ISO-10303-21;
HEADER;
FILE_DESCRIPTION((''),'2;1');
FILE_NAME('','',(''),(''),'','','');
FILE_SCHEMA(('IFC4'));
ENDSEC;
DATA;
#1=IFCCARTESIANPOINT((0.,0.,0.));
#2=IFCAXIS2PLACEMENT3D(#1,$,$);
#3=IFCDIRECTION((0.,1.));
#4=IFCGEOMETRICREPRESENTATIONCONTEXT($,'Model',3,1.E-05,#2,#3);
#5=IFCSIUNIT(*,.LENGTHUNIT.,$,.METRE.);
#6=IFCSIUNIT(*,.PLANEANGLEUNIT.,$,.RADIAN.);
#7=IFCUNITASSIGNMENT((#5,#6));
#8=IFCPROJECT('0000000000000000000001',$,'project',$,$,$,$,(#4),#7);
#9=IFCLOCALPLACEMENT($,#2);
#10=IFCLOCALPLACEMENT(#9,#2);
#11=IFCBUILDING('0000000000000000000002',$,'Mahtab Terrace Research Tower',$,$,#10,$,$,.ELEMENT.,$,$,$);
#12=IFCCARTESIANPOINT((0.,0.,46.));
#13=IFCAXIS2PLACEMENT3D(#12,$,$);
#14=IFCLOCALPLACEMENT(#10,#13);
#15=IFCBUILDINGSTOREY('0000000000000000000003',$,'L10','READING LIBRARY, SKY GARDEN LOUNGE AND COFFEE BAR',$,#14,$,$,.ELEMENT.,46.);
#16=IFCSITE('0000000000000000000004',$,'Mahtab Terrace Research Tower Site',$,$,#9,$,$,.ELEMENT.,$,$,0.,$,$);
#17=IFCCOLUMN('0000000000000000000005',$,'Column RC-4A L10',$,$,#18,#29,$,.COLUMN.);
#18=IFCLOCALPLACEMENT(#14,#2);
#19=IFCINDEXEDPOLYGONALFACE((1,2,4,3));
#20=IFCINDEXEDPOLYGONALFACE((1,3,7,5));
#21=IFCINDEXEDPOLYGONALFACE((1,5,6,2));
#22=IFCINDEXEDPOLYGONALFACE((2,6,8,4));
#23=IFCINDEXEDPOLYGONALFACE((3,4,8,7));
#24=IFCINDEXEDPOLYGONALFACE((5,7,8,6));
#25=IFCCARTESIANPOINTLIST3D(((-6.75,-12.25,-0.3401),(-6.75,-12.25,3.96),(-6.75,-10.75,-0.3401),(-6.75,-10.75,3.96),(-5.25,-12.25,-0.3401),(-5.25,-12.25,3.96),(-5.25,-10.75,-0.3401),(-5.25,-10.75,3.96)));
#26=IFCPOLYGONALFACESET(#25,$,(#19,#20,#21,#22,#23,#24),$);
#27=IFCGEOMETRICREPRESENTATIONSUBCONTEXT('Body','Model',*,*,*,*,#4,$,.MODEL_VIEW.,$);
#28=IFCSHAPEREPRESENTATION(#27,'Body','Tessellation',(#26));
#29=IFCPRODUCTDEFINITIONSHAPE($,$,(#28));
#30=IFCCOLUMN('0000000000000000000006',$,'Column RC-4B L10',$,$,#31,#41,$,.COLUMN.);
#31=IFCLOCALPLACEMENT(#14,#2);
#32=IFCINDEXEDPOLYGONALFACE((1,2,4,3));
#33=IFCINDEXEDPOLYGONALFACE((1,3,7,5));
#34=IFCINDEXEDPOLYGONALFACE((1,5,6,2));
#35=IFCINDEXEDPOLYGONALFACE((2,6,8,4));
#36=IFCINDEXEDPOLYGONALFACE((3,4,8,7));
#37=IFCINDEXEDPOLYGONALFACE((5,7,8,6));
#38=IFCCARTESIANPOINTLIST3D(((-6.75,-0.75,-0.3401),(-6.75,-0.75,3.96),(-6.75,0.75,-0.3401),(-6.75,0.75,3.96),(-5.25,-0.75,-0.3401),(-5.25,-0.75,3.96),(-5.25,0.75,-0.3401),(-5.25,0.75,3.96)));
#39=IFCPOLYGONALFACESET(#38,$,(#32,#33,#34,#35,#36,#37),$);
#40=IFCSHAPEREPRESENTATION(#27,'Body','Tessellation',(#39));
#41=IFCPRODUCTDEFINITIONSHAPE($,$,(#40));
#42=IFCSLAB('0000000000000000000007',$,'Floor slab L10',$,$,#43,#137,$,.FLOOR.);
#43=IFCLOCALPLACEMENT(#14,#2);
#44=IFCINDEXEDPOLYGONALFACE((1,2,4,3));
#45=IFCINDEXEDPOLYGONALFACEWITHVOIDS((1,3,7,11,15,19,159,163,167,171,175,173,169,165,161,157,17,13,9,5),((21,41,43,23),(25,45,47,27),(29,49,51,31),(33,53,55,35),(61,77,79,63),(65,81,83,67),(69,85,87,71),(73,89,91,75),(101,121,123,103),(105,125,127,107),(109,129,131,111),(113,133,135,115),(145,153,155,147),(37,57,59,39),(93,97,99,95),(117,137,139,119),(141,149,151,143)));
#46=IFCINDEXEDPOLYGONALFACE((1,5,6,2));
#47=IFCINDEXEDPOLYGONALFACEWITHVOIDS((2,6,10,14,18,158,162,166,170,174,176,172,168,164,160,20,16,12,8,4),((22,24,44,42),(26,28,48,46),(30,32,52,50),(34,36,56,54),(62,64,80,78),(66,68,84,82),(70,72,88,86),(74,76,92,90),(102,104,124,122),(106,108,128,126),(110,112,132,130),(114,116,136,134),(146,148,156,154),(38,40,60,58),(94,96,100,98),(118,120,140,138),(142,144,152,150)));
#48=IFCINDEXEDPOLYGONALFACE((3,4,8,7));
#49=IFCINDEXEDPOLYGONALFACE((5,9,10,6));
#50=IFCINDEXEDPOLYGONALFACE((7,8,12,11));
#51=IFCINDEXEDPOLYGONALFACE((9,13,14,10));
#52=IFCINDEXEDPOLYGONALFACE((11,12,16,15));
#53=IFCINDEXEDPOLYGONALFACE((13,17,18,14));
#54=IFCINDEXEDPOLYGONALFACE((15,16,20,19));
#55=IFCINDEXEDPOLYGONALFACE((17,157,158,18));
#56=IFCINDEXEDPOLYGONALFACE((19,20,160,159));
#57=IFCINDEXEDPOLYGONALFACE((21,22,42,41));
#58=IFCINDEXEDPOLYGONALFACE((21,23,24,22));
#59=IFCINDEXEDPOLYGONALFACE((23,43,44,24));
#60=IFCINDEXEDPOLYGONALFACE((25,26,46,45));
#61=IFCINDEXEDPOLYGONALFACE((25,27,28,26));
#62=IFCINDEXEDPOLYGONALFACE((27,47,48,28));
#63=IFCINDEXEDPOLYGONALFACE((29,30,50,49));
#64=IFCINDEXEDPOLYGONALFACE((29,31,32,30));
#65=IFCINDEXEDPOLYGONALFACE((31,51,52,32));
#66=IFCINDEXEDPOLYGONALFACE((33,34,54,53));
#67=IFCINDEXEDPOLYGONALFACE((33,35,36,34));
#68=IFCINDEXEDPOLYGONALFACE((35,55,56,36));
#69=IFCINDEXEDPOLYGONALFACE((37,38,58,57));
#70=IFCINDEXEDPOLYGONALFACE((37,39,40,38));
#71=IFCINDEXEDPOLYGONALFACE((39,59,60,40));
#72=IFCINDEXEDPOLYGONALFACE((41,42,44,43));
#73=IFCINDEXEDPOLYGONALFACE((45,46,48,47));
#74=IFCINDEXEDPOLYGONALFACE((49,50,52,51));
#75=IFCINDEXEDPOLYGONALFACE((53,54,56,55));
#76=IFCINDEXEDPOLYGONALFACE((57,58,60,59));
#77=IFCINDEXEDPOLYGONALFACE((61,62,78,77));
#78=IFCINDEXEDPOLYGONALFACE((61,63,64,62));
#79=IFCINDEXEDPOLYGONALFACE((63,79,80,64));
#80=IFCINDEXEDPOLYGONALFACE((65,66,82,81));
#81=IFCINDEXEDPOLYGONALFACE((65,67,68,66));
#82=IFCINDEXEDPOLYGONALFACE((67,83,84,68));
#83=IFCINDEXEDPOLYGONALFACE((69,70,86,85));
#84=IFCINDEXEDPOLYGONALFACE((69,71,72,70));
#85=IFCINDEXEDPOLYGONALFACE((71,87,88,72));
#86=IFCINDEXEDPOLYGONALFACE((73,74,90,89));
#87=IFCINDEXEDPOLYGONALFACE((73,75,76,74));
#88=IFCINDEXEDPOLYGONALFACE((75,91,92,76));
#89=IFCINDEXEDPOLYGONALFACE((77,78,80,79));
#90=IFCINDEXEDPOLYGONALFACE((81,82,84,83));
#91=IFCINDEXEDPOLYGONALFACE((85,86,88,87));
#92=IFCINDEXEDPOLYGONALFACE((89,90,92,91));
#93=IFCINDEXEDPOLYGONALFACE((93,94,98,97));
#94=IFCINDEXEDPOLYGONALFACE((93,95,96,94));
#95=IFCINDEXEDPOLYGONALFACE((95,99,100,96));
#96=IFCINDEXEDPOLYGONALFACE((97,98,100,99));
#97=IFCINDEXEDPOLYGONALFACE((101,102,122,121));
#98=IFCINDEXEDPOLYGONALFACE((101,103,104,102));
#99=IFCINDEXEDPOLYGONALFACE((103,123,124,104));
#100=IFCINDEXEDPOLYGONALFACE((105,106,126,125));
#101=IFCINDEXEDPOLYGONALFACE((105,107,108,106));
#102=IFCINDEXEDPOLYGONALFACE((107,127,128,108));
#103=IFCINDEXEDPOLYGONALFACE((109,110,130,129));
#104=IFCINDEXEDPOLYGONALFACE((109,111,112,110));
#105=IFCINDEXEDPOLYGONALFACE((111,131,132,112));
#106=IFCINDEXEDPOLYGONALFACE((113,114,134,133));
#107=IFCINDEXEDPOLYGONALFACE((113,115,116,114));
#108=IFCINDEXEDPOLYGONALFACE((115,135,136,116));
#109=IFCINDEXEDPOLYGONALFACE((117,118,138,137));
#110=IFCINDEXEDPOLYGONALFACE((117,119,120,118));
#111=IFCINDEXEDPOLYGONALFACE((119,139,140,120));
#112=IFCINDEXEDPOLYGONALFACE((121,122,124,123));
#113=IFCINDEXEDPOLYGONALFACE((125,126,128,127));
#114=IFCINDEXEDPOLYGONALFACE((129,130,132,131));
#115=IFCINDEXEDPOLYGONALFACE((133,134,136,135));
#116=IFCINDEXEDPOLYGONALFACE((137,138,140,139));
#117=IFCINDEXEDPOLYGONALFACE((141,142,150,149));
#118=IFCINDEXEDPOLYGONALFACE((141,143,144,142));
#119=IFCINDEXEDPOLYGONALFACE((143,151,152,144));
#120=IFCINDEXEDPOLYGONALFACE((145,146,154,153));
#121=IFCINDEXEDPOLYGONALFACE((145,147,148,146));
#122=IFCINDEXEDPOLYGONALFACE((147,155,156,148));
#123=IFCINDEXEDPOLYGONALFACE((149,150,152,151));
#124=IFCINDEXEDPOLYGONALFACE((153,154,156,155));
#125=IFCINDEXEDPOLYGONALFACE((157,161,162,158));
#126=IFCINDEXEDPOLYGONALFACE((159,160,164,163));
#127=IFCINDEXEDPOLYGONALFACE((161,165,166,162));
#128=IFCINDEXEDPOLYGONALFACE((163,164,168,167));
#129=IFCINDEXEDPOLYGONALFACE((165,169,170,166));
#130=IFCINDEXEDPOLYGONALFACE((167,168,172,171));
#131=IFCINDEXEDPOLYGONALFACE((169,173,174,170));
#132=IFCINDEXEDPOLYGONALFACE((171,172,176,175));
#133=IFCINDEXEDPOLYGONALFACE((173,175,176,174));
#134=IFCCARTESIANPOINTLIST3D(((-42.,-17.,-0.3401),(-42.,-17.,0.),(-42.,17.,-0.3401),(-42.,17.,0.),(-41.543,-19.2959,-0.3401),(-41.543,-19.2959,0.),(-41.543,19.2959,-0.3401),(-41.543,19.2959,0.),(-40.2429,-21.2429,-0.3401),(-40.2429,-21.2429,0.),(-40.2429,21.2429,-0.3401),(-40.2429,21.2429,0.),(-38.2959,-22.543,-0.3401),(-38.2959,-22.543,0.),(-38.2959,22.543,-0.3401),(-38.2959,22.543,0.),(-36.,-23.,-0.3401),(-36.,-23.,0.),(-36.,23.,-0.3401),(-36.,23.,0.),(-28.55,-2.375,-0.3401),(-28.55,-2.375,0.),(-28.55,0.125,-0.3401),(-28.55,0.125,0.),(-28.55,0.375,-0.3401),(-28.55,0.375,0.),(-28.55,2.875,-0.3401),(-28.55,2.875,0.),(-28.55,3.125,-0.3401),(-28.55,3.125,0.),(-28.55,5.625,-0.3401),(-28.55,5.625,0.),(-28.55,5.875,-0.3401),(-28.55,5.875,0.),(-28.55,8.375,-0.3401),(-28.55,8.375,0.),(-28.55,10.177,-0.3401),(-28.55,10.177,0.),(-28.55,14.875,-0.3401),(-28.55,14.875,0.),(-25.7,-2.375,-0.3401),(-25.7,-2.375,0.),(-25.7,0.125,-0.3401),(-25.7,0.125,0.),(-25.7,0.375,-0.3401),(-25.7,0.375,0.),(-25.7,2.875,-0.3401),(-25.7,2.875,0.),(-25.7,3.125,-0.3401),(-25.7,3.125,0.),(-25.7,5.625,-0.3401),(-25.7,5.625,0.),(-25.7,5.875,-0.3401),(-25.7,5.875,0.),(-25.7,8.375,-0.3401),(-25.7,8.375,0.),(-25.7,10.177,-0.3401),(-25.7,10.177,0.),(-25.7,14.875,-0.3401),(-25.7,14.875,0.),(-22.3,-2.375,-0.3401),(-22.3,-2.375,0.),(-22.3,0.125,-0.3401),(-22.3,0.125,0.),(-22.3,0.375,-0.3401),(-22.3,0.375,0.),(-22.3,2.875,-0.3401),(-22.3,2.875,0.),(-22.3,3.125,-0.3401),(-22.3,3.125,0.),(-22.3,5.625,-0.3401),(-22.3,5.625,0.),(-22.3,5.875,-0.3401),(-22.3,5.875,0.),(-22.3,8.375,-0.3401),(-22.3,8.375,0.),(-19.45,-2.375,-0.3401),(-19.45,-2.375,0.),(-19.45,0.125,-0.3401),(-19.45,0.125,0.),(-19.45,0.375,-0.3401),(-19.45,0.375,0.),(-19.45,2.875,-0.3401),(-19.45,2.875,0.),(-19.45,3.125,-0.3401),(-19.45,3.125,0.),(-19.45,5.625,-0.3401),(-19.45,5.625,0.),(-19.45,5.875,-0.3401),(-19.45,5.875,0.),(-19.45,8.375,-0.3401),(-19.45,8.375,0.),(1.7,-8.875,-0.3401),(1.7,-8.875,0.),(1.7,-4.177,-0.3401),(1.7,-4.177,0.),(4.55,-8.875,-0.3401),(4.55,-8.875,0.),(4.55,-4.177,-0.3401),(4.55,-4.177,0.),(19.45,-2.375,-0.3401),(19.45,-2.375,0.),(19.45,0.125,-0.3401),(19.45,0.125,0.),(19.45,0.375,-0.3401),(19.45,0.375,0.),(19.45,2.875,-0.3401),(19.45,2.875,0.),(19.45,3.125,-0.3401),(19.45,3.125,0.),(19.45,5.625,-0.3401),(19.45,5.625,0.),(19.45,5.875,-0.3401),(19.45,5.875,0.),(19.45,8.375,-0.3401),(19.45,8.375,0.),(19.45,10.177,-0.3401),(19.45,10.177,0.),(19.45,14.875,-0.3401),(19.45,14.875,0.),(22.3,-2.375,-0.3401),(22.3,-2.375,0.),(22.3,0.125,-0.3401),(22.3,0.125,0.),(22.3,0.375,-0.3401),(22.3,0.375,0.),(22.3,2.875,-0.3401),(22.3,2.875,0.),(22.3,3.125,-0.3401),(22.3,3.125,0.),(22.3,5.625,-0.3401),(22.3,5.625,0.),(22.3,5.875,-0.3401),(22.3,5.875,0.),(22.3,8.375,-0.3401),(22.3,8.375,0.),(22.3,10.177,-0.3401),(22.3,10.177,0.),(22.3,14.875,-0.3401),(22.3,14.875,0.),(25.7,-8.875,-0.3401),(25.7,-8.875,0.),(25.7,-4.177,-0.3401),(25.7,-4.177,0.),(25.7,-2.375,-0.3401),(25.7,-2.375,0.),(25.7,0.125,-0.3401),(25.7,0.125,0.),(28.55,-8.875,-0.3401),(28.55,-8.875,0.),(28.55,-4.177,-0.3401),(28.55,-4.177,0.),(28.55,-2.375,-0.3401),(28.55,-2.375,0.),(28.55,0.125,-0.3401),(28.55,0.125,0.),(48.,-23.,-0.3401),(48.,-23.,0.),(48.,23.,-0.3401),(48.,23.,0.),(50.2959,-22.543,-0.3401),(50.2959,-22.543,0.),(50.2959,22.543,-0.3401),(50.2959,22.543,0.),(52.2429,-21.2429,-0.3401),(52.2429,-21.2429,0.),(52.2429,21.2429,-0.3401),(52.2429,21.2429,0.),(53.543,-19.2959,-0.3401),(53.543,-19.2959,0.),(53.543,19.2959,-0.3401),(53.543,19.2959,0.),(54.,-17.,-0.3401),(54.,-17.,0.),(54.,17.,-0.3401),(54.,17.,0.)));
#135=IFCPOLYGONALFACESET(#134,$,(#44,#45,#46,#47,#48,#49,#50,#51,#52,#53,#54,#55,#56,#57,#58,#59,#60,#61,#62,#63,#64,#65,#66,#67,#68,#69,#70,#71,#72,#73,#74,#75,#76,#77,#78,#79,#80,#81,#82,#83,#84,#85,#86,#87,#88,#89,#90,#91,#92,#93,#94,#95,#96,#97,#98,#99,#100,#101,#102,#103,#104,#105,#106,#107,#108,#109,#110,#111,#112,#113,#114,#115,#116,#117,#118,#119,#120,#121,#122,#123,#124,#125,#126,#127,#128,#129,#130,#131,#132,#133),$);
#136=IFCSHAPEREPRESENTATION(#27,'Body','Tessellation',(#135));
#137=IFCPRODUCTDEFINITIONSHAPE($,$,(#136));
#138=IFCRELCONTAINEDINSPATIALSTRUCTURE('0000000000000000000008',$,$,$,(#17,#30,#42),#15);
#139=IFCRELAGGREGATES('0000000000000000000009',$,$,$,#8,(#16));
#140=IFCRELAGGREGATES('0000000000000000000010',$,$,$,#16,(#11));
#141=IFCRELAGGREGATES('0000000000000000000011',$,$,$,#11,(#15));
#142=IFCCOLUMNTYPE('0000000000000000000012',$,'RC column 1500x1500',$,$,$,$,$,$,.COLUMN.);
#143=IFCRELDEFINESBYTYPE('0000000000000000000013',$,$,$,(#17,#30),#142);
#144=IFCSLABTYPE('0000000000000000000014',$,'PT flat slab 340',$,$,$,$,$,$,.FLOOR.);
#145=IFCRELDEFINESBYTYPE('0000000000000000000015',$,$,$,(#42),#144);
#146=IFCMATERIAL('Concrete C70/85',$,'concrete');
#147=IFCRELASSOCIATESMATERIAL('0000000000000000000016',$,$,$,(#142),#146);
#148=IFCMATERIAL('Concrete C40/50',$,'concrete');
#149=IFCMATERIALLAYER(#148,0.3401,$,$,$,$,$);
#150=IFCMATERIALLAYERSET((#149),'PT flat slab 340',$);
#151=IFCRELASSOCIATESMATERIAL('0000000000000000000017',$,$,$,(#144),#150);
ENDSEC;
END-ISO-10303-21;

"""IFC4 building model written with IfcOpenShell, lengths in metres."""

from ifc_helpers import new_model, si_unit, direction, frame, origin, origin_2d, place, context, subcontext, project, spatial, polyline, rectangle, outline, extrude, material, layer, layer_set, material_profile, profile_set, type_object, element, save


model = new_model("IFC4")

# Units and contexts
model_context = context("Model", 3, precision=1e-05, world=origin(), true_north=direction((0.0, 1.0)))
body_context = subcontext(model_context, "Body", "Model", "MODEL_VIEW")
ifc_project = project(units=[si_unit("LENGTHUNIT", "METRE"), si_unit("PLANEANGLEUNIT", "RADIAN")], contexts=[model_context])

# Site, building, storey
site_placement = place(None, origin())
site = spatial("IfcSite", under=ifc_project, at=site_placement, Name="Mahtab Terrace Research Tower Site", CompositionType="ELEMENT", RefElevation=0.0)
building_placement = place(site_placement, origin())
building = spatial("IfcBuilding", under=site, at=building_placement, Name="Mahtab Terrace Research Tower", CompositionType="ELEMENT")
storey_placement = place(building_placement, frame((0.0, 0.0, 46.0)))
storey = spatial("IfcBuildingStorey", under=building, at=storey_placement, Name="L10", Description="READING LIBRARY, SKY GARDEN LOUNGE AND COFFEE BAR", CompositionType="ELEMENT", Elevation=46.0)

# Columns
ifc_material_1 = material(Name="Concrete C70/85", Category="concrete")
ifc_material_profile = material_profile(ifc_material_1, rectangle(XDim=1.5, YDim=1.5, at=origin_2d()), Name="RC column 1500x1500")
ifc_profile_set = profile_set([ifc_material_profile], Name="Concrete C70/85")
column_type = type_object("IfcColumnType", Name="RC column 1500x1500", PredefinedType="COLUMN", material=ifc_profile_set)
for number, where, z_axis, x_axis, name in (
    (1, (-6.0, -11.5, -0.3401), (0.0, 0.0, 1.0), (1.0, 0.0, 0.0), "Column RC-4A L10"),
    (2, (-6.0, 0.0, -0.3401), (0.0, 0.0, 1.0), (1.0, 0.0, 0.0), "Column RC-4B L10"),
):
    element("IfcColumn", number, at=place(storey_placement, frame(where, z_axis=z_axis, x_axis=x_axis)), inside=storey, type_object=column_type, Name=name, PredefinedType="COLUMN", context=body_context, shape_type="SweptSolid", body=[
        extrude(rectangle(XDim=1.5, YDim=1.5, at=origin_2d()), origin(), (0.0, 0.0, 1.0), 4.3),
    ])

# Slab
ifc_material_2 = material(Name="Concrete C40/50", Category="concrete")
ifc_layer_1 = layer(ifc_material_2, 0.3401)
ifc_layer_set_1 = layer_set([ifc_layer_1], Name="PT flat slab 340")
slab_type_1 = type_object("IfcSlabType", Name="PT flat slab 340", PredefinedType="FLOOR", material=ifc_layer_set_1)
slab_1_placement = place(storey_placement, frame((0.0, 0.0, -0.3401)))
element("IfcSlab", 3, at=slab_1_placement, inside=storey, type_object=slab_type_1, Name="Floor slab L10", PredefinedType="FLOOR", context=body_context, shape_type="SweptSolid", body=[
    extrude(outline(polyline([(53.543, 19.2959), (52.2429, 21.2429), (50.2959, 22.543), (48.0, 23.0), (-36.0, 23.0), (-38.2959, 22.543), (-40.2429, 21.2429), (-41.543, 19.2959), (-42.0, 17.0), (-42.0, -17.0), (-41.543, -19.2959), (-40.2429, -21.2429), (-38.2959, -22.543), (-36.0, -23.0), (48.0, -23.0), (50.2959, -22.543), (52.2429, -21.2429), (53.543, -19.2959), (54.0, -17.0), (54.0, 17.0), (53.543, 19.2959)]), holes=[polyline([(-28.55, -2.375), (-28.55, 0.125), (-25.7, 0.125), (-25.7, -2.375), (-28.55, -2.375)]), polyline([(-22.3, -2.375), (-22.3, 0.125), (-19.45, 0.125), (-19.45, -2.375), (-22.3, -2.375)]), polyline([(-28.55, 0.375), (-28.55, 2.875), (-25.7, 2.875), (-25.7, 0.375), (-28.55, 0.375)]), polyline([(-22.3, 0.375), (-22.3, 2.875), (-19.45, 2.875), (-19.45, 0.375), (-22.3, 0.375)]), polyline([(-28.55, 3.125), (-28.55, 5.625), (-25.7, 5.625), (-25.7, 3.125), (-28.55, 3.125)]), polyline([(-22.3, 3.125), (-22.3, 5.625), (-19.45, 5.625), (-19.45, 3.125), (-22.3, 3.125)]), polyline([(-28.55, 5.875), (-28.55, 8.375), (-25.7, 8.375), (-25.7, 5.875), (-28.55, 5.875)]), polyline([(-22.3, 5.875), (-22.3, 8.375), (-19.45, 8.375), (-19.45, 5.875), (-22.3, 5.875)]), polyline([(-28.55, 10.177), (-28.55, 14.875), (-25.7, 14.875), (-25.7, 10.177), (-28.55, 10.177)]), polyline([(1.7, -8.875), (1.7, -4.177), (4.55, -4.177), (4.55, -8.875), (1.7, -8.875)]), polyline([(25.7, -8.875), (25.7, -4.177), (28.55, -4.177), (28.55, -8.875), (25.7, -8.875)]), polyline([(19.45, -2.375), (19.45, 0.125), (22.3, 0.125), (22.3, -2.375), (19.45, -2.375)]), polyline([(25.7, -2.375), (25.7, 0.125), (28.55, 0.125), (28.55, -2.375), (25.7, -2.375)]), polyline([(19.45, 0.375), (19.45, 2.875), (22.3, 2.875), (22.3, 0.375), (19.45, 0.375)]), polyline([(19.45, 3.125), (19.45, 5.625), (22.3, 5.625), (22.3, 3.125), (19.45, 3.125)]), polyline([(19.45, 8.375), (22.3, 8.375), (22.3, 5.875), (19.45, 5.875), (19.45, 8.375)]), polyline([(19.45, 14.875), (22.3, 14.875), (22.3, 10.177), (19.45, 10.177), (19.45, 14.875)])]), origin(), (0.0, 0.0, 1.0), 0.3401),
])

save(model, "model.ifc")
